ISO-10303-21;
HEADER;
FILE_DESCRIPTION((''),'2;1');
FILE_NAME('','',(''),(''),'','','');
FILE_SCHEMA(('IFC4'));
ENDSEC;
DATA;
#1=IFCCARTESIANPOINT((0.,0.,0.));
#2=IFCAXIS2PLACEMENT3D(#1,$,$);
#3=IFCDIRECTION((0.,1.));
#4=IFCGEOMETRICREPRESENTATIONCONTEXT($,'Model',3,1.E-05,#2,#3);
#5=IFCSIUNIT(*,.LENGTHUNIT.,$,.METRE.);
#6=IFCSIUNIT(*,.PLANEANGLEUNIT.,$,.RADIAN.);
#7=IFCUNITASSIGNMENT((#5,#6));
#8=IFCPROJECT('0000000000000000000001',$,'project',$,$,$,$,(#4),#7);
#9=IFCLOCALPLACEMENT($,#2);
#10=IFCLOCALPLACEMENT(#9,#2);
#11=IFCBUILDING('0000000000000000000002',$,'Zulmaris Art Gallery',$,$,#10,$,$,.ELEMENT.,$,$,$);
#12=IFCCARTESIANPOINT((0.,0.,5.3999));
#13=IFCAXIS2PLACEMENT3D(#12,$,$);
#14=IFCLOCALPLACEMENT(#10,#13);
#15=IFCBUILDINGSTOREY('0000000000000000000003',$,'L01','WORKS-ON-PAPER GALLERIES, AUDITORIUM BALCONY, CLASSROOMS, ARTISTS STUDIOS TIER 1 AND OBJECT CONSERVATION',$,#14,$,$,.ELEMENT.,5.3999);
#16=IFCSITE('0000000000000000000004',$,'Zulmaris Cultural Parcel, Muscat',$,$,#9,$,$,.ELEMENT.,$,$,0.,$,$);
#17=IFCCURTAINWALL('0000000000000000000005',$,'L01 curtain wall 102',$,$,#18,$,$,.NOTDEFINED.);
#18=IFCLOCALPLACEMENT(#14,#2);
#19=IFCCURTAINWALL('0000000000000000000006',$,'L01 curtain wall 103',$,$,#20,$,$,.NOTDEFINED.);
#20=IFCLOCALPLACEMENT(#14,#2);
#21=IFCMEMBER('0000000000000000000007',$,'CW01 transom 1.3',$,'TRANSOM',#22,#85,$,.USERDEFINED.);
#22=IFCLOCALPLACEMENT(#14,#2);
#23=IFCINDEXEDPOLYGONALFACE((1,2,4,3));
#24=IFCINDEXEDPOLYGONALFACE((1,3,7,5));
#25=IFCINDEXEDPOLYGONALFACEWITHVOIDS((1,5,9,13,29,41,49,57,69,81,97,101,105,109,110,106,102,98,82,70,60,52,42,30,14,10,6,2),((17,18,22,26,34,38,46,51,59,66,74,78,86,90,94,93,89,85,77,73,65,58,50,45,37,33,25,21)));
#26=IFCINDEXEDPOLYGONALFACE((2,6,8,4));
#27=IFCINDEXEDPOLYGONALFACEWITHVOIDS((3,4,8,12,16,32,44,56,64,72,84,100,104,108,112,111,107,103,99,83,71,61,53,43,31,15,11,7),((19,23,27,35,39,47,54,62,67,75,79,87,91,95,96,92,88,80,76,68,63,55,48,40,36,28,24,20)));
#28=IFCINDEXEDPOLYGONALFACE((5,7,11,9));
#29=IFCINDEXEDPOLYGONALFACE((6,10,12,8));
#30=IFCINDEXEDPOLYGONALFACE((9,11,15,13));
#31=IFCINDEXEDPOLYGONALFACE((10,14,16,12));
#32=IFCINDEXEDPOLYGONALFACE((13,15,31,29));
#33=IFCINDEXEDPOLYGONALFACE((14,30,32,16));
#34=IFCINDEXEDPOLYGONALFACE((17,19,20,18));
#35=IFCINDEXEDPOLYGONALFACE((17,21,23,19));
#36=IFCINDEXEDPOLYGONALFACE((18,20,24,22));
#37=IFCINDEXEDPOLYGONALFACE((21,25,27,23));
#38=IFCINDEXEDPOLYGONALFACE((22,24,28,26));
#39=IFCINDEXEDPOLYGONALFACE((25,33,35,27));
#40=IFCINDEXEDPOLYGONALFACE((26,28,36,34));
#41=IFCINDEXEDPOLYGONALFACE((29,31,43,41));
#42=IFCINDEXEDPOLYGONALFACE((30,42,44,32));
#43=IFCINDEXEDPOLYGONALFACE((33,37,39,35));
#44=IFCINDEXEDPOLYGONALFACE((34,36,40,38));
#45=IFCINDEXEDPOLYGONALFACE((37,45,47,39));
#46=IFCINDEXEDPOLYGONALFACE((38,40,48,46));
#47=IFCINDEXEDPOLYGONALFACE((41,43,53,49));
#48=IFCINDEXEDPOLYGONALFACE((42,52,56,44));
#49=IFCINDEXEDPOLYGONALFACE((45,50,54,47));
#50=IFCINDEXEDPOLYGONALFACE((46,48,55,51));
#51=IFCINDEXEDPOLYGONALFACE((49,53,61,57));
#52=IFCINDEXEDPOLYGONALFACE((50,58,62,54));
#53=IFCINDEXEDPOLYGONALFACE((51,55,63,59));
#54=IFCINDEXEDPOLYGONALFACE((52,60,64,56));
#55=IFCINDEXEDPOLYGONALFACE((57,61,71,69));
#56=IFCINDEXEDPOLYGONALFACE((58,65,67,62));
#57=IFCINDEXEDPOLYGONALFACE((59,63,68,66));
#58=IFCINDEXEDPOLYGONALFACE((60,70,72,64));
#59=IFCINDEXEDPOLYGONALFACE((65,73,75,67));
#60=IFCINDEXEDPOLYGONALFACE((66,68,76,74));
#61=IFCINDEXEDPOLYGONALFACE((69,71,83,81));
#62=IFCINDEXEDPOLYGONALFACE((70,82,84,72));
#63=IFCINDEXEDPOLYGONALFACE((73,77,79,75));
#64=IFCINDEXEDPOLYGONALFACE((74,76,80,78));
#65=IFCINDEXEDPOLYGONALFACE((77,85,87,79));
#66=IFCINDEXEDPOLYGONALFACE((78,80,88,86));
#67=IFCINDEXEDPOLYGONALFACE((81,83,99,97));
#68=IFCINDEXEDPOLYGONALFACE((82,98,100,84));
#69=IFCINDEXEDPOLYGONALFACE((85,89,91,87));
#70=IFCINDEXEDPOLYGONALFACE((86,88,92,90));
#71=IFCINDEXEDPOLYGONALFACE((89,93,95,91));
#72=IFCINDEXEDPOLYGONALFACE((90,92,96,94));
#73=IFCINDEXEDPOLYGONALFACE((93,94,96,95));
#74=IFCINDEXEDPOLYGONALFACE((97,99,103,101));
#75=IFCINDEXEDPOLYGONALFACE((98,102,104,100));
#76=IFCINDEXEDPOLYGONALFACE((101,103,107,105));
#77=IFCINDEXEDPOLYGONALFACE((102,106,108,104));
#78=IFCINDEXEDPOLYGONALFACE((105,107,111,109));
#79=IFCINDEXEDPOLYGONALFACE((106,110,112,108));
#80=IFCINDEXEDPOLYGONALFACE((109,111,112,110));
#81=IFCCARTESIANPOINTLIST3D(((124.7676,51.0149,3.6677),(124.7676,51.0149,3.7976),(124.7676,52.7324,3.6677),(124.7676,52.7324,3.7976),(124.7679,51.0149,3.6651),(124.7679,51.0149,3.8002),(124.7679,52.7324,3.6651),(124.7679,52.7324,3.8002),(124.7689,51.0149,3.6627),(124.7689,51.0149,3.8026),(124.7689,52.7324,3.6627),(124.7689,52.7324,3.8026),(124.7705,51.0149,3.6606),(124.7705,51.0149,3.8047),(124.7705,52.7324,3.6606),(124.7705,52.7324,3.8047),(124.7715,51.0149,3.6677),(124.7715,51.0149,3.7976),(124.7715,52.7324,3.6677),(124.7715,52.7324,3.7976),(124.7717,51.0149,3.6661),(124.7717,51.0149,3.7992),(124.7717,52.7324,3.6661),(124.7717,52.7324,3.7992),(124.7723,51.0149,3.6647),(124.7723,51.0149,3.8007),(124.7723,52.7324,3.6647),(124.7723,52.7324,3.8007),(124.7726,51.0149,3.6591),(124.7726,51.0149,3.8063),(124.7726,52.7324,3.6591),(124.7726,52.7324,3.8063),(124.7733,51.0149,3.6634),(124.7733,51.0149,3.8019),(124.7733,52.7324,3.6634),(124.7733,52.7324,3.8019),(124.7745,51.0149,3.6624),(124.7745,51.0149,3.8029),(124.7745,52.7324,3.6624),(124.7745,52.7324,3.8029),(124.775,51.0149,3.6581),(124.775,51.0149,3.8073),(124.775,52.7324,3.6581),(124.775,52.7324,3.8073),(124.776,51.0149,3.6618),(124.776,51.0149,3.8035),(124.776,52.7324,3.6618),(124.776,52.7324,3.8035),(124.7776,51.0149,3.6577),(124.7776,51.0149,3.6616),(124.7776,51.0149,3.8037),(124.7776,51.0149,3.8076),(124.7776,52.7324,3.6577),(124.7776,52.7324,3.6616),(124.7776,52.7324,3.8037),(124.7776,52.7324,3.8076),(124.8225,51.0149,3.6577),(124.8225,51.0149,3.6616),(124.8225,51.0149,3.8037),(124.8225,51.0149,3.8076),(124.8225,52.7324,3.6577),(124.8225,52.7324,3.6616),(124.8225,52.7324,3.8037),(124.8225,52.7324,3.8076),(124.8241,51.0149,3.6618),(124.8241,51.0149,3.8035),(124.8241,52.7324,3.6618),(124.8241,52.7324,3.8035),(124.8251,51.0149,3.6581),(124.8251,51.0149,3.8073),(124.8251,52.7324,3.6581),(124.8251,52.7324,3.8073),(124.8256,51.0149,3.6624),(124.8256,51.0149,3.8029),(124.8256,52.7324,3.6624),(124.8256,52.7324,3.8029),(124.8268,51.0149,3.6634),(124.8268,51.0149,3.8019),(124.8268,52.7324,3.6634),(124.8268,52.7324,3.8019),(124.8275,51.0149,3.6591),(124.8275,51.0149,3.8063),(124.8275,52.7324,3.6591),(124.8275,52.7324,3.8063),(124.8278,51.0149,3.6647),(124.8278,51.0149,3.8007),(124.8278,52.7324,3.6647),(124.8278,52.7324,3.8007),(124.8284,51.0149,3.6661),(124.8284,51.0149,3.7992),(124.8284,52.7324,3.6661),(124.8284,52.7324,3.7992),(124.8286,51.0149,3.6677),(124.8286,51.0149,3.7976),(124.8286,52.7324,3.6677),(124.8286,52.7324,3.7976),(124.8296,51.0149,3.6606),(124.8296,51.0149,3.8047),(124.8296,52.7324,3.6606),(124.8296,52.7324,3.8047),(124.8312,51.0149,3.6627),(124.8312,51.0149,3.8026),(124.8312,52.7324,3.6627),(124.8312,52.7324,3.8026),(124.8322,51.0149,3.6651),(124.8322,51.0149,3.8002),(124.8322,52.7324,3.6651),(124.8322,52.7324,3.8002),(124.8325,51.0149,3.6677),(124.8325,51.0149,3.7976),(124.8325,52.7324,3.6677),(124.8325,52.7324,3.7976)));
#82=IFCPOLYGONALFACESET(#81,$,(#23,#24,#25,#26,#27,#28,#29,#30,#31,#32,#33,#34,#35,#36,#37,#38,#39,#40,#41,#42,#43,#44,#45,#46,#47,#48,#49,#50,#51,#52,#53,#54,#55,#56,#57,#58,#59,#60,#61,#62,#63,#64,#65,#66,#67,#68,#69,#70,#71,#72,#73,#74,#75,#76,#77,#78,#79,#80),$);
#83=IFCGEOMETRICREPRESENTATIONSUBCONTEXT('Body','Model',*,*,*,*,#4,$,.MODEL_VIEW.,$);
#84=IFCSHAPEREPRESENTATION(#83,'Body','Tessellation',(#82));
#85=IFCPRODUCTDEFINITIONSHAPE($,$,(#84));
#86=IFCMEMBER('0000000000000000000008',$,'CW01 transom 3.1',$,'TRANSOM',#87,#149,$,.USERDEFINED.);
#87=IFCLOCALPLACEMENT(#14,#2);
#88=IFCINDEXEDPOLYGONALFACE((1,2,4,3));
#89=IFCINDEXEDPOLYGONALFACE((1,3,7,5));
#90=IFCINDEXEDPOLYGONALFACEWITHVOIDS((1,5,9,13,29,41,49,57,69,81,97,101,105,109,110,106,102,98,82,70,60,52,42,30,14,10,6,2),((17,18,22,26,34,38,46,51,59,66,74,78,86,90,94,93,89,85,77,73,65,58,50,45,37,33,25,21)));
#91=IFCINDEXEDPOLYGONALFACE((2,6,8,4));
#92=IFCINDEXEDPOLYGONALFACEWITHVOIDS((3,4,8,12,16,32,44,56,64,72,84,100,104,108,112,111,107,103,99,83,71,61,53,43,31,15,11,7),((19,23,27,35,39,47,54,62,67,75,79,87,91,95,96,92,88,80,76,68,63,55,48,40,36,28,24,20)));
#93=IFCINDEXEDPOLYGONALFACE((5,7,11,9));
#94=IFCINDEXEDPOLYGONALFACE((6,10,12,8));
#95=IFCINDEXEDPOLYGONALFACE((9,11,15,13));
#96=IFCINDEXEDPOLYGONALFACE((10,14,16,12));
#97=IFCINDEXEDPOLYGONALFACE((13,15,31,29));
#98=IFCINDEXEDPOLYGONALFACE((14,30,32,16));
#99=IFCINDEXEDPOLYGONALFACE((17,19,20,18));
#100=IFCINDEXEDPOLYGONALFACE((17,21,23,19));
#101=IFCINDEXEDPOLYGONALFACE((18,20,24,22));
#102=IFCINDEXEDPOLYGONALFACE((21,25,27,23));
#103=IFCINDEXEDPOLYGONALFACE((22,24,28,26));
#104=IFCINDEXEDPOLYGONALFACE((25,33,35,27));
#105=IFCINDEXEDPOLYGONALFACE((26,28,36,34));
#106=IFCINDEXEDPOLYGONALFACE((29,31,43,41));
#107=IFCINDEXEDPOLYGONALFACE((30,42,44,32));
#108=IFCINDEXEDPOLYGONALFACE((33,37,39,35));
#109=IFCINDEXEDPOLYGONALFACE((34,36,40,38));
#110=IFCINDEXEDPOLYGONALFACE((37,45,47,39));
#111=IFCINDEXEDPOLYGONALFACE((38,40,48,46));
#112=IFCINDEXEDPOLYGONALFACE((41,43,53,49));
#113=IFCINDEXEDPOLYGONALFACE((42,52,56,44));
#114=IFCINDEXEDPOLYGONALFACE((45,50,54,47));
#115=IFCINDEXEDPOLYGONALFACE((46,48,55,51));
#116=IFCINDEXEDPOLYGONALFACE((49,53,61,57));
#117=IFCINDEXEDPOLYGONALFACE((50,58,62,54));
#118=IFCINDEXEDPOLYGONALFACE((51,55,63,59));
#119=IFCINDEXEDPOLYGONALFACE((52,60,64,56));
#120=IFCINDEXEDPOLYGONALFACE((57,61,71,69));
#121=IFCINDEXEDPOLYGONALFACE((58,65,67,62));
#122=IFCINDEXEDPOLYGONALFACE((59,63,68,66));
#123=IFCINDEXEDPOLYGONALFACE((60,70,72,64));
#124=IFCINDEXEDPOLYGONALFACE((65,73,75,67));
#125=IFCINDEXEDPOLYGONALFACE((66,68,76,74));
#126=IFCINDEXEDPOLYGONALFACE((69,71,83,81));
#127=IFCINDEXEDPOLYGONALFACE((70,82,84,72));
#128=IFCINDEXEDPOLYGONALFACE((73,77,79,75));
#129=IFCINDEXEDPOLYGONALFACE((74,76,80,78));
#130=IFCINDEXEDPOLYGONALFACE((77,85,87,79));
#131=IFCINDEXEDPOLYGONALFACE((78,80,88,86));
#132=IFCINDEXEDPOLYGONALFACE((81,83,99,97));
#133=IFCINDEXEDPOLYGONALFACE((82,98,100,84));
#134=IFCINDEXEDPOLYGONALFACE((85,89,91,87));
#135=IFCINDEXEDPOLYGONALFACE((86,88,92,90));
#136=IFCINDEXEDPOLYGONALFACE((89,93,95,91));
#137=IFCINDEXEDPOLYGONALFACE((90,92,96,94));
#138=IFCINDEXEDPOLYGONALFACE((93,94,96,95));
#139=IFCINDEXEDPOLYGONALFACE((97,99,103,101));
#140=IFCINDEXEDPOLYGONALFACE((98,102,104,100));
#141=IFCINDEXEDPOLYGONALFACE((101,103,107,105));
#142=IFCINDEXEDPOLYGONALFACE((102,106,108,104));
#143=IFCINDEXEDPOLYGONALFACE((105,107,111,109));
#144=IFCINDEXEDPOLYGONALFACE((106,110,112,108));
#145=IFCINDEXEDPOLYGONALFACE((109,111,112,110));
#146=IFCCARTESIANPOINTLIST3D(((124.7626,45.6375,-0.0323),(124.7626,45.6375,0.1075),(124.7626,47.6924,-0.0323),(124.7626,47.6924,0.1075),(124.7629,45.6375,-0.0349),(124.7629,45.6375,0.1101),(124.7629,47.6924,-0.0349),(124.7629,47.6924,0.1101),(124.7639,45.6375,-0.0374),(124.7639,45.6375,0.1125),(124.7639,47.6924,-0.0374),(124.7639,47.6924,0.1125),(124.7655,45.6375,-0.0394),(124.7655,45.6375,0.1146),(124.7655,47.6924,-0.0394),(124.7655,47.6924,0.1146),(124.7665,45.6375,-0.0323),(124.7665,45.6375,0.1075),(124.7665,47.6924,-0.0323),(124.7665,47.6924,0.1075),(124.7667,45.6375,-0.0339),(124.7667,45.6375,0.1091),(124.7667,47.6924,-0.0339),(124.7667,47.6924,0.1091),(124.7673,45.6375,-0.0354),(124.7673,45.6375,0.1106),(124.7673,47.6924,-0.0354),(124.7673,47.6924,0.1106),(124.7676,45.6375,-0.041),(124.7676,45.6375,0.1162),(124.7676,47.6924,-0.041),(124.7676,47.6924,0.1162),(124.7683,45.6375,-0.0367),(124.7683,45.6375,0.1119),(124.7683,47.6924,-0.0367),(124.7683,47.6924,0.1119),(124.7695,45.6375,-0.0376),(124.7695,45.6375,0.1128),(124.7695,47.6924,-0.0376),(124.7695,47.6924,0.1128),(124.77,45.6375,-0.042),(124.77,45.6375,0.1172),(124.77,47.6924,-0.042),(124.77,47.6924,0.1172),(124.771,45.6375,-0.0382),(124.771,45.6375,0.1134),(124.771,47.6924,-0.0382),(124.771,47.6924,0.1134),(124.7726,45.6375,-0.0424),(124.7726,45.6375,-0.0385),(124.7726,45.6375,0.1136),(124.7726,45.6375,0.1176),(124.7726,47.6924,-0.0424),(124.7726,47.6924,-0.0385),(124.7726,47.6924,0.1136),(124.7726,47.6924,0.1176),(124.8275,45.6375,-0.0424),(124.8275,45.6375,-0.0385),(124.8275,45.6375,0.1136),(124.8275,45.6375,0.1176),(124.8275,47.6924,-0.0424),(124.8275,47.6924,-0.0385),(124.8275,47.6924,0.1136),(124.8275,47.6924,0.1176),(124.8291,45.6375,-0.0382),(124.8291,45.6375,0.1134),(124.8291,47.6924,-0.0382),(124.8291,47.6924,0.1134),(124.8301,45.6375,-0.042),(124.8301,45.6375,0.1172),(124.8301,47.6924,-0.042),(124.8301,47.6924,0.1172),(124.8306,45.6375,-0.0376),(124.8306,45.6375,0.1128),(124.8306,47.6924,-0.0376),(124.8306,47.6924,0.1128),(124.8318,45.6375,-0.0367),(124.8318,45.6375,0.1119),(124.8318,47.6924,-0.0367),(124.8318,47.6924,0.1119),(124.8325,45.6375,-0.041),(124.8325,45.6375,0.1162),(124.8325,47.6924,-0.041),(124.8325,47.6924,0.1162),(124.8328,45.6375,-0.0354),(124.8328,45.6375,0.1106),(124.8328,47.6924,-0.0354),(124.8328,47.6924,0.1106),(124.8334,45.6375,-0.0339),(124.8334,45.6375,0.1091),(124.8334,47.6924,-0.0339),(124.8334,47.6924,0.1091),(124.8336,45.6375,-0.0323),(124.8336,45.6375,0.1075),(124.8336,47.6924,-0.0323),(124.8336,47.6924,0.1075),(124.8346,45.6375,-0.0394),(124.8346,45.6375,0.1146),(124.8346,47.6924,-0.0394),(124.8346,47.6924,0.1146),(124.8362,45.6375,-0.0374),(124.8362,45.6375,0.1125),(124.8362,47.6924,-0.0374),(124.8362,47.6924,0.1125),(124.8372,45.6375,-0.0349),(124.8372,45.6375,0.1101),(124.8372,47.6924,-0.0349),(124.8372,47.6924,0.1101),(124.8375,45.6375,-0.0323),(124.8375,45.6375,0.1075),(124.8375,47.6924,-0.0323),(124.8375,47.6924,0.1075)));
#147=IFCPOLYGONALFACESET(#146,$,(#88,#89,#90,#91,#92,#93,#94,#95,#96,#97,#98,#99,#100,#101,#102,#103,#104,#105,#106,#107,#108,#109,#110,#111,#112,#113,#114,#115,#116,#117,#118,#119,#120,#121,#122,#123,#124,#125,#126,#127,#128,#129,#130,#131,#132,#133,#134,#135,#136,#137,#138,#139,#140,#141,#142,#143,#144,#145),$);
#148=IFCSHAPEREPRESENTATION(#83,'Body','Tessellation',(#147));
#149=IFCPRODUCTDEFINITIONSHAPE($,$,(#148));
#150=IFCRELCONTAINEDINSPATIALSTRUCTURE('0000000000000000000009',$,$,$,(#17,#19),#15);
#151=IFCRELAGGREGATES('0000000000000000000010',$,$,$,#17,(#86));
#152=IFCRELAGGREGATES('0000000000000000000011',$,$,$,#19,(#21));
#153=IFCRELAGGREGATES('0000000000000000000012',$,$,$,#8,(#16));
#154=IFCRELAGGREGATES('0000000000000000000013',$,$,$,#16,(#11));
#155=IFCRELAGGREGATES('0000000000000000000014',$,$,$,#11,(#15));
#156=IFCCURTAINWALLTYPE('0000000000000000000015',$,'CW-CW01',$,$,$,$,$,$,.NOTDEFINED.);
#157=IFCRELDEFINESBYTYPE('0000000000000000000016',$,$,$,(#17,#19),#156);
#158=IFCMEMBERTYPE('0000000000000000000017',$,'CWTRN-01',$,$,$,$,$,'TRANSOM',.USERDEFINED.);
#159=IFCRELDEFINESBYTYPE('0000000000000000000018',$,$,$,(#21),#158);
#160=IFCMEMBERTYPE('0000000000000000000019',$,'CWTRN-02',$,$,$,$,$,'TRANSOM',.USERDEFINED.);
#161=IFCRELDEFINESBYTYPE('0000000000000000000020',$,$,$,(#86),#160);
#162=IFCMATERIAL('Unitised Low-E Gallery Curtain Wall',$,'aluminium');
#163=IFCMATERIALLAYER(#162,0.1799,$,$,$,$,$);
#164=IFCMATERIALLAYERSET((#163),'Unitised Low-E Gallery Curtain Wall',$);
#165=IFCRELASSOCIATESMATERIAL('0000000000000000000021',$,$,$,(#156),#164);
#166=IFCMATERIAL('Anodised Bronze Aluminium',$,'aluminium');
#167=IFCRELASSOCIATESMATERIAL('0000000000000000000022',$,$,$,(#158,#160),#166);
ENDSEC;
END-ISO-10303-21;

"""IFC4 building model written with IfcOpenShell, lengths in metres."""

from ifc_helpers import new_model, si_unit, direction, frame, origin, origin_2d, place, context, subcontext, project, spatial, hollow_rectangle, extrude, material, layer, layer_set, material_profile, profile_set, type_object, element, aggregate, save


model = new_model("IFC4")

# Units and contexts
model_context = context("Model", 3, precision=1e-05, world=origin(), true_north=direction((0.0, 1.0)))
body_context = subcontext(model_context, "Body", "Model", "MODEL_VIEW")
ifc_project = project(units=[si_unit("LENGTHUNIT", "METRE"), si_unit("PLANEANGLEUNIT", "RADIAN")], contexts=[model_context])

# Site, building, storey
site_placement = place(None, origin())
site = spatial("IfcSite", under=ifc_project, at=site_placement, Name="Zulmaris Cultural Parcel, Muscat", CompositionType="ELEMENT", RefElevation=0.0)
building_placement = place(site_placement, origin())
building = spatial("IfcBuilding", under=site, at=building_placement, Name="Zulmaris Art Gallery", CompositionType="ELEMENT")
storey_placement = place(building_placement, frame((0.0, 0.0, 5.3999)))
storey = spatial("IfcBuildingStorey", under=building, at=storey_placement, Name="L01", Description="WORKS-ON-PAPER GALLERIES, AUDITORIUM BALCONY, CLASSROOMS, ARTISTS STUDIOS TIER 1 AND OBJECT CONSERVATION", CompositionType="ELEMENT", Elevation=5.3999)

# Curtain walls, member
ifc_material_1 = material(Name="Unitised Low-E Gallery Curtain Wall", Category="aluminium")
ifc_layer_1 = layer(ifc_material_1, 0.1799)
ifc_layer_set_1 = layer_set([ifc_layer_1], Name="Unitised Low-E Gallery Curtain Wall")
curtain_wall_type = type_object("IfcCurtainWallType", Name="CW-CW01", PredefinedType="NOTDEFINED", material=ifc_layer_set_1)
curtain_wall_1_placement = place(storey_placement, origin())
curtain_wall_1 = element("IfcCurtainWall", 1, at=curtain_wall_1_placement, inside=storey, type_object=curtain_wall_type, Name="L01 curtain wall 102", PredefinedType="NOTDEFINED")
ifc_material_2 = material(Name="Anodised Bronze Aluminium", Category="aluminium")
curtain_wall_2_placement = place(storey_placement, origin())
curtain_wall_2 = element("IfcCurtainWall", 2, at=curtain_wall_2_placement, inside=storey, type_object=curtain_wall_type, Name="L01 curtain wall 103", PredefinedType="NOTDEFINED")
ifc_material_profile_1 = material_profile(ifc_material_2, hollow_rectangle(XDim=0.0649, YDim=0.1499, WallThickness=0.0039, InnerFilletRadius=0.0061, OuterFilletRadius=0.01, at=origin_2d()), Name="ALU 65x150x4")
ifc_profile_set_1 = profile_set([ifc_material_profile_1], Name="Anodised Bronze Aluminium")
member_type_1 = type_object("IfcMemberType", Name="CWTRN-01", ElementType="TRANSOM", PredefinedType="USERDEFINED", material=ifc_profile_set_1)
member_1_placement = place(storey_placement, frame((124.8, 51.0149, 3.7327), z_axis=(0.0, 1.0, 0.0), x_axis=(-1.0, 0.0, 0.0)))
member_1 = element("IfcMember", 3, at=member_1_placement, type_object=member_type_1, Name="CW01 transom 1.3", ObjectType="TRANSOM", PredefinedType="USERDEFINED", context=body_context, shape_type="SweptSolid", body=[
    extrude(hollow_rectangle(XDim=0.0649, YDim=0.1499, WallThickness=0.0039, InnerFilletRadius=0.0061, OuterFilletRadius=0.01, at=origin_2d()), origin(), (0.0, 0.0, 1.0), 1.7175),
])

# Member
ifc_material_profile_2 = material_profile(ifc_material_2, hollow_rectangle(XDim=0.075, YDim=0.1599, WallThickness=0.0039, InnerFilletRadius=0.0061, OuterFilletRadius=0.01, at=origin_2d()), Name="ALU 75x160x4")
ifc_profile_set_2 = profile_set([ifc_material_profile_2], Name="Anodised Bronze Aluminium")
member_type_2 = type_object("IfcMemberType", Name="CWTRN-02", ElementType="TRANSOM", PredefinedType="USERDEFINED", material=ifc_profile_set_2)
member_2_placement = place(storey_placement, frame((124.8, 45.6375, 0.0376), z_axis=(0.0, 1.0, 0.0), x_axis=(-1.0, 0.0, 0.0)))
member_2 = element("IfcMember", 4, at=member_2_placement, type_object=member_type_2, Name="CW01 transom 3.1", ObjectType="TRANSOM", PredefinedType="USERDEFINED", context=body_context, shape_type="SweptSolid", body=[
    extrude(hollow_rectangle(XDim=0.075, YDim=0.1599, WallThickness=0.0039, InnerFilletRadius=0.0061, OuterFilletRadius=0.01, at=origin_2d()), origin(), (0.0, 0.0, 1.0), 2.0549),
])

aggregate(curtain_wall_1, [member_2])
aggregate(curtain_wall_2, [member_1])

save(model, "model.ifc")
